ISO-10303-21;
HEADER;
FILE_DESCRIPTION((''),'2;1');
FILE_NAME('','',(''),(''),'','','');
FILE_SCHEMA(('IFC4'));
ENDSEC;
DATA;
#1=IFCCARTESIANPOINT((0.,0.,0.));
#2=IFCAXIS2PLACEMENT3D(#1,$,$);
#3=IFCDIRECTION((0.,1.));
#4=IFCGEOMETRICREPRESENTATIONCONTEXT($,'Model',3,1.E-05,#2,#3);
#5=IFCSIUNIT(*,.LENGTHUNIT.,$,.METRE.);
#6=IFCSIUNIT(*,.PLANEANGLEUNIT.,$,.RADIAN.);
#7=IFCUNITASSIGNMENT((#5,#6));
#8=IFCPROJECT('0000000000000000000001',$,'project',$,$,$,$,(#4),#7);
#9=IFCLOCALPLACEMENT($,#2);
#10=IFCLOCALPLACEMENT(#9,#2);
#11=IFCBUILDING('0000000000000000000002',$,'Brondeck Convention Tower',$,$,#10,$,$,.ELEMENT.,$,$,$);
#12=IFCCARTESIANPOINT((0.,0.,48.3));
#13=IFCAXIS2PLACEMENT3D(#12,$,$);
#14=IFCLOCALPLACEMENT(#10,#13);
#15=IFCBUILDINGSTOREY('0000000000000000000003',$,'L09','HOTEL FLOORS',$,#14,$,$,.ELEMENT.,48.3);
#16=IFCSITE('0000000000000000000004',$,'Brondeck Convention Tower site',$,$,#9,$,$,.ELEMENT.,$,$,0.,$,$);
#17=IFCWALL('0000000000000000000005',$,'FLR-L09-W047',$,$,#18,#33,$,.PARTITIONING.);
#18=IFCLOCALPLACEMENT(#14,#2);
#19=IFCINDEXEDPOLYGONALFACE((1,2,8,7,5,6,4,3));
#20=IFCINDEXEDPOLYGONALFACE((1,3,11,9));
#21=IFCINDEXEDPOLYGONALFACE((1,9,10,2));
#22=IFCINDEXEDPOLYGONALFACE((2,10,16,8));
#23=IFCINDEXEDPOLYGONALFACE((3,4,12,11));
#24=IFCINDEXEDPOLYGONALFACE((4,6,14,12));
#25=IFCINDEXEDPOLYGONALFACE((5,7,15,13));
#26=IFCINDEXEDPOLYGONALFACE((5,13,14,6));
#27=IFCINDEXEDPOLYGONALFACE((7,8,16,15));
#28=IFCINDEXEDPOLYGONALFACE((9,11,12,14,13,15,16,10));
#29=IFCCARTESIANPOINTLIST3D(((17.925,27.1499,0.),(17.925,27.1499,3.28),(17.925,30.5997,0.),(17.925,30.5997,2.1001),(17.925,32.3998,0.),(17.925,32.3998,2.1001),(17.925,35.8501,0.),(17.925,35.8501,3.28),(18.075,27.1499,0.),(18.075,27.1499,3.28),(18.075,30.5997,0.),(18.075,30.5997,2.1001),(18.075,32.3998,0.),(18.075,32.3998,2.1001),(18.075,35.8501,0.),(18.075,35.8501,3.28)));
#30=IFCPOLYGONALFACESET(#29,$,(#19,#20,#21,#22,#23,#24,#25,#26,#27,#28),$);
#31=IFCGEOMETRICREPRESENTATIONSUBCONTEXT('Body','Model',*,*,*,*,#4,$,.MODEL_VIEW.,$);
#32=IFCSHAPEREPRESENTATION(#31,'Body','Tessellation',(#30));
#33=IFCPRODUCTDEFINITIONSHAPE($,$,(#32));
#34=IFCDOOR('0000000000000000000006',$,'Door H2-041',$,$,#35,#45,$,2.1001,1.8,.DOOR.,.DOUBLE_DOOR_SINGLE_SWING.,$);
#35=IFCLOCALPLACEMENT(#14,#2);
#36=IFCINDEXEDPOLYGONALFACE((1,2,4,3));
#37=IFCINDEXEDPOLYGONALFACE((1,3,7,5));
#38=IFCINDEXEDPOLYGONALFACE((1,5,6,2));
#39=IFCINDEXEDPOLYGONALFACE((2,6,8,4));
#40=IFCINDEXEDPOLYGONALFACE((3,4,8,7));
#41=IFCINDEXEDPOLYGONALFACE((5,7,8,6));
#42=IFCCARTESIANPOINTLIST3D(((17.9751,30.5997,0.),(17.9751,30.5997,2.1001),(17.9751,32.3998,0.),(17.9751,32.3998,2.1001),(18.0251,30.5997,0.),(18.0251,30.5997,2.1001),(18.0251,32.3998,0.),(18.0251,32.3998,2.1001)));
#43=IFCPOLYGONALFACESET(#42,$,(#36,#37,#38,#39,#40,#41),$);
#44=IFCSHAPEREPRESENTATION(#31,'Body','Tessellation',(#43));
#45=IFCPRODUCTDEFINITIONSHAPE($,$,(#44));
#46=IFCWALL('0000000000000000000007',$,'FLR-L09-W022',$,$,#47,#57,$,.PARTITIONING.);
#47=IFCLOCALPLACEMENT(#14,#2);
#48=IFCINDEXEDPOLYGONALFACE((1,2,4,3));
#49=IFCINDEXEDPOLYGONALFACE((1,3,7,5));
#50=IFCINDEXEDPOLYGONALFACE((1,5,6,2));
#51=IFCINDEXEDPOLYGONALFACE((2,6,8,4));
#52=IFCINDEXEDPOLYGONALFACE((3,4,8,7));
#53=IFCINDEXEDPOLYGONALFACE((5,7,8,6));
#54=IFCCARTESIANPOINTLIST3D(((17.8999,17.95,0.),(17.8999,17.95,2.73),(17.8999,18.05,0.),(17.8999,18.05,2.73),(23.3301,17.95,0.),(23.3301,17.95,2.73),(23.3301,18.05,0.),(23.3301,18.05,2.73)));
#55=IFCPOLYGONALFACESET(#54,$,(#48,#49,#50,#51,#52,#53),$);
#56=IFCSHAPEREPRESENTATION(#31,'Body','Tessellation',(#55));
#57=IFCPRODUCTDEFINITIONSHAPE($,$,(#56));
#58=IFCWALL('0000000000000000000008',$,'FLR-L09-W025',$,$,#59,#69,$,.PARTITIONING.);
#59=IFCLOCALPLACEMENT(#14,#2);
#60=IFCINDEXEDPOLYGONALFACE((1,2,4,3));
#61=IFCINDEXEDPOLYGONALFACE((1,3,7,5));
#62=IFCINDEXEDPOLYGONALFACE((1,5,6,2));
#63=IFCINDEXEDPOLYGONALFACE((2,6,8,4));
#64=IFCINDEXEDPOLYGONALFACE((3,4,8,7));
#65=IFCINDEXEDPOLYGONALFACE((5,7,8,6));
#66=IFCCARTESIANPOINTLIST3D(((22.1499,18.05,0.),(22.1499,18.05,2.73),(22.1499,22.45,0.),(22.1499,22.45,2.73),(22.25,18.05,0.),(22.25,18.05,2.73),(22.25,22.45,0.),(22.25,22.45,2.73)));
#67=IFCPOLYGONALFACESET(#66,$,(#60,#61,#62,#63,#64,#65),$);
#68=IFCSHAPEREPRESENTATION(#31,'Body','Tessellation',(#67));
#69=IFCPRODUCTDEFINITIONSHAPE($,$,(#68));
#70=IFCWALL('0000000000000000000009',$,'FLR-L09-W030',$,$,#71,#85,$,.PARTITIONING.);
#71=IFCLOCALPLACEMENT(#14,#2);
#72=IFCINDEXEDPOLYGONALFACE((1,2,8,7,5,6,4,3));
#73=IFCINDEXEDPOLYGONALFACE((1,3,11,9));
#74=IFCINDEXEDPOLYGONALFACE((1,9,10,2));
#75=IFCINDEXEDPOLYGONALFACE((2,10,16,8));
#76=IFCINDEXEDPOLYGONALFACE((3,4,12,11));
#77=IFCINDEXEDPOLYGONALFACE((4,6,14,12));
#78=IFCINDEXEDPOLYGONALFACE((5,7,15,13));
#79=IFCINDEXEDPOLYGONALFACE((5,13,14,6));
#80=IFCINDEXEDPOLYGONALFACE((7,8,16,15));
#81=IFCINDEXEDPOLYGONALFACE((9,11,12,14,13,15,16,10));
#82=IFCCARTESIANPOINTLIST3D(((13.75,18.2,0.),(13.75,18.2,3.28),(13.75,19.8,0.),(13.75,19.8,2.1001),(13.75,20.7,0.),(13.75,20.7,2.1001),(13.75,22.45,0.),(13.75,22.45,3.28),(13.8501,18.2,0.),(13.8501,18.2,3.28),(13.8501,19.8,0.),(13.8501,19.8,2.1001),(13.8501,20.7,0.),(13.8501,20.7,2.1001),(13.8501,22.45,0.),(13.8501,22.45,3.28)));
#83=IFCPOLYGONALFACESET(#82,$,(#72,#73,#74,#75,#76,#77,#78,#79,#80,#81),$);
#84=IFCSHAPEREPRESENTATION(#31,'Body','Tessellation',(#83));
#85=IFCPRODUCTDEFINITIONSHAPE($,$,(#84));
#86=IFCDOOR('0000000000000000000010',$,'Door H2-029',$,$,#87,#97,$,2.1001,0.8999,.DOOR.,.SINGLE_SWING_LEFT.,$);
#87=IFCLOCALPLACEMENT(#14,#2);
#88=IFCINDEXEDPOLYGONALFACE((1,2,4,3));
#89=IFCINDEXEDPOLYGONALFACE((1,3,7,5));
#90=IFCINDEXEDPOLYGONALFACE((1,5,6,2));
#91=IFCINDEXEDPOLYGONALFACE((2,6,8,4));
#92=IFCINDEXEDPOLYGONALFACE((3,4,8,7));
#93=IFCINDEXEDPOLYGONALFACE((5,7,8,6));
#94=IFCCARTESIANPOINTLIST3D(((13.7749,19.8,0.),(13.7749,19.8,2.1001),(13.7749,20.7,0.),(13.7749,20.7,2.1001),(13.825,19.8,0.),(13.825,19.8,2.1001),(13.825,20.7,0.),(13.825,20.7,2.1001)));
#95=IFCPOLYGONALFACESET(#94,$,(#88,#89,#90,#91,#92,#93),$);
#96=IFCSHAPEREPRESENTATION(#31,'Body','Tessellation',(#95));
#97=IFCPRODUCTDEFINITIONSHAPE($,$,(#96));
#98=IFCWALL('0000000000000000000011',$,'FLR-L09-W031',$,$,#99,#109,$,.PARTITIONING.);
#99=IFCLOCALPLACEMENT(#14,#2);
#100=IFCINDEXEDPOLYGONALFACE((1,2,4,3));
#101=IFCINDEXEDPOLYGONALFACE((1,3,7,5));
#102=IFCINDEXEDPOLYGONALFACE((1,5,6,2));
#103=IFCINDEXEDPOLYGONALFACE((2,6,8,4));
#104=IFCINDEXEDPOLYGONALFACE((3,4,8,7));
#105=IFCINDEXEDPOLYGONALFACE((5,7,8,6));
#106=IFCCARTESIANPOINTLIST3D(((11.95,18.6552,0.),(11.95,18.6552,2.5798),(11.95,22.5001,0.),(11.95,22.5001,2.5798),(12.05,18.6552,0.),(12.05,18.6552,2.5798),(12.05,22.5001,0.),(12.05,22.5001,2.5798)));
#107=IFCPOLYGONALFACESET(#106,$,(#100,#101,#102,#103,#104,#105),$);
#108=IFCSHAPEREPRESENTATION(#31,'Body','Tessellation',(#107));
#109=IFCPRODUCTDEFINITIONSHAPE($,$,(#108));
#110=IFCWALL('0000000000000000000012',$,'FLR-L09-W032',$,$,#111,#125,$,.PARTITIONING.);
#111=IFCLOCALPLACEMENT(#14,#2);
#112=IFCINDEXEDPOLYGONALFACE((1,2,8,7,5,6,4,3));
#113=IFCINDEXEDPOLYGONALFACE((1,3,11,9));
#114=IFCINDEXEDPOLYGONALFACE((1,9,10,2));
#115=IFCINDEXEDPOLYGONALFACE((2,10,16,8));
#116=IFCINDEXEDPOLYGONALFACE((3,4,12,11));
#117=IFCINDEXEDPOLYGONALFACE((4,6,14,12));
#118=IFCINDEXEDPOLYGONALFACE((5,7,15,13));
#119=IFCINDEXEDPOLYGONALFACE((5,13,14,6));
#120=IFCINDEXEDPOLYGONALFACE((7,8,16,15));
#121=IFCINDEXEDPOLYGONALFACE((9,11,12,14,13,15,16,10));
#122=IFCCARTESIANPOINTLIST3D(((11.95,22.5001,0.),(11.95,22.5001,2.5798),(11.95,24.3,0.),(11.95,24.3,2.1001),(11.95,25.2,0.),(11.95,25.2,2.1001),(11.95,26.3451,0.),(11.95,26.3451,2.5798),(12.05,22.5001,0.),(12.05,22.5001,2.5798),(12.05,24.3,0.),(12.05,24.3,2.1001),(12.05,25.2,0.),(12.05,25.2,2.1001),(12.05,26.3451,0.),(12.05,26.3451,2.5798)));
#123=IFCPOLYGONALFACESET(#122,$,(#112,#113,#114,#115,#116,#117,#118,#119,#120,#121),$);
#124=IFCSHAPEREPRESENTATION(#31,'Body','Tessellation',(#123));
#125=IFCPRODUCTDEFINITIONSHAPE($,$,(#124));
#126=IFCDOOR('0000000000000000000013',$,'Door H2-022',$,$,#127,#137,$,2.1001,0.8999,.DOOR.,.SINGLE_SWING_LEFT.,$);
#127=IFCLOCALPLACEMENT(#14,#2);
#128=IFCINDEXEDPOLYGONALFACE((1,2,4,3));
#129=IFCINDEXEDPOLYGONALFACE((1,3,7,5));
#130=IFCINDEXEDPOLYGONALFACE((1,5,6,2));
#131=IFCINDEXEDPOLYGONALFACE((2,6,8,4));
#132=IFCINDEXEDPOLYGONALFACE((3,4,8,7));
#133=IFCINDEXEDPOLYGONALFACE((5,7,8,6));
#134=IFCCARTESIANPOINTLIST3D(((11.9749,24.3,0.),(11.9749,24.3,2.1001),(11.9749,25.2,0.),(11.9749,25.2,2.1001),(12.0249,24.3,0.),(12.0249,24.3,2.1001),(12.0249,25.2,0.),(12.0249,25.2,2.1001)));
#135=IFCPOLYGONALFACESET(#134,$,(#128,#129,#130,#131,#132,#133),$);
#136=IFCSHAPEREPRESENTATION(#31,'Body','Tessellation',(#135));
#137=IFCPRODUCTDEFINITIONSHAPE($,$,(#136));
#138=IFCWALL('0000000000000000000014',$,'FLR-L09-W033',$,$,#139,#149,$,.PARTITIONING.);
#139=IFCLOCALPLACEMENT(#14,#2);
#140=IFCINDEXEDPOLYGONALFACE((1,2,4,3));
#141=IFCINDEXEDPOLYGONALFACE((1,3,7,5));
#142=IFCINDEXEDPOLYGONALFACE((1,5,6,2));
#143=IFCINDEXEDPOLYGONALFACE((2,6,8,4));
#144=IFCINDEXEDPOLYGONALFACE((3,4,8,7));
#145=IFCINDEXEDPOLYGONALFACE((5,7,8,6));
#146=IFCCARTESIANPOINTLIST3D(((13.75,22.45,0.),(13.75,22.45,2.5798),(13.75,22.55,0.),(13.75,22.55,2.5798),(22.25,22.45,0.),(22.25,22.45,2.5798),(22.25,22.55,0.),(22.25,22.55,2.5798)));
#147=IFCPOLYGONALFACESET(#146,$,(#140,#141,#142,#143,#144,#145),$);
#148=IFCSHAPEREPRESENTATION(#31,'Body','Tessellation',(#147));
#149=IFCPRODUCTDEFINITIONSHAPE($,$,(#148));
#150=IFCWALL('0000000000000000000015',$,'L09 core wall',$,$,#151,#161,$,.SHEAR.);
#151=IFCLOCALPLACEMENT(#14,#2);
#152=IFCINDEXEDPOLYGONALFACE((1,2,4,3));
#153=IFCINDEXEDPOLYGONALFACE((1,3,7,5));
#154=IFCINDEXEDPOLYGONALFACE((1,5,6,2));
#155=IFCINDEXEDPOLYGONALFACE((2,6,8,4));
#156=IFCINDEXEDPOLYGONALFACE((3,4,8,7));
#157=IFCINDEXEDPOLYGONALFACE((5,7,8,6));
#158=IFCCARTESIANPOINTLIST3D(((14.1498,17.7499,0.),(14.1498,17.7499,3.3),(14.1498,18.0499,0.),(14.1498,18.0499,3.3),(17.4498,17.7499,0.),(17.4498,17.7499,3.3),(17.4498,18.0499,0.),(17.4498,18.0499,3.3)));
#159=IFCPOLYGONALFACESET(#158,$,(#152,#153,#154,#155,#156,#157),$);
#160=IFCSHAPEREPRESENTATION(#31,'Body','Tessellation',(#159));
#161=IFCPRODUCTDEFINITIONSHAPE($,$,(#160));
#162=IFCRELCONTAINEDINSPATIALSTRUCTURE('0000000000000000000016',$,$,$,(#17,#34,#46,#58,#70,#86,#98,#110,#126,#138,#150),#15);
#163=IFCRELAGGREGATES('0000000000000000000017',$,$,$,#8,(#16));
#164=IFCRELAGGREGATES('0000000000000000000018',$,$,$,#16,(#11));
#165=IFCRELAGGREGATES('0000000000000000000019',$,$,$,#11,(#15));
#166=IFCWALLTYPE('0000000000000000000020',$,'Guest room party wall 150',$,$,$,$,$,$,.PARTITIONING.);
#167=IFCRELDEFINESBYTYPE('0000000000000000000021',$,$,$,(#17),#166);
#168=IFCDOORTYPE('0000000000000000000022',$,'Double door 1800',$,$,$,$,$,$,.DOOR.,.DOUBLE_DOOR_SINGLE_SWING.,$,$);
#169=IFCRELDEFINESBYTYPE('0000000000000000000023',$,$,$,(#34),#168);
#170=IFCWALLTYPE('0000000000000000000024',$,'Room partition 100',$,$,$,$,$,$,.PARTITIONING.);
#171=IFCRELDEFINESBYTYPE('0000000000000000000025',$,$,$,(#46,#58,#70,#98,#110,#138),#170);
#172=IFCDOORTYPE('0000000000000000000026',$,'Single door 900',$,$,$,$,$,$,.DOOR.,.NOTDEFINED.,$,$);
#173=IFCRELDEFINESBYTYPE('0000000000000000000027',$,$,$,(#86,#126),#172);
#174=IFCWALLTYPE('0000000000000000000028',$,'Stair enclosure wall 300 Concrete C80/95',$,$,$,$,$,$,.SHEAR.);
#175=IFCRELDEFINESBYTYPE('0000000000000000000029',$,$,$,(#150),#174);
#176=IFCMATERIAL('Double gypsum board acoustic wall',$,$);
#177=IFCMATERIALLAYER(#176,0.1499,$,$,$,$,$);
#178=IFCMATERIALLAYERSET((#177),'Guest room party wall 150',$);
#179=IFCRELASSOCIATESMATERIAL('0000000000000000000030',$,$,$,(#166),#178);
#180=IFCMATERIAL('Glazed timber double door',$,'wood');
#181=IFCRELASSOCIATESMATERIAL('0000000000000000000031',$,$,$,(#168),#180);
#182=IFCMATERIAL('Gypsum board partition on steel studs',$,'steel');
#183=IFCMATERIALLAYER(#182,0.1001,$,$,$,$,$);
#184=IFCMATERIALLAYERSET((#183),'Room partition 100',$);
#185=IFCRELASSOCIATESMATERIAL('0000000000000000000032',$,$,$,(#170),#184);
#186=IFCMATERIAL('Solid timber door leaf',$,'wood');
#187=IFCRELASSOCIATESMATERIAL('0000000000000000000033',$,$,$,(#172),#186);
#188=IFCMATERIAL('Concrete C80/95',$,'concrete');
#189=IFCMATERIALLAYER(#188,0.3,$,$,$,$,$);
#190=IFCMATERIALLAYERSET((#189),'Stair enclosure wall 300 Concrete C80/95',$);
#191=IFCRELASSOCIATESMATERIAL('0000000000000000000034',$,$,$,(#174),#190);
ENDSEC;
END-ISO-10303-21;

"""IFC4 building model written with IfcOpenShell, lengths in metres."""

from ifc_helpers import new_model, si_unit, direction, frame, frame_2d, origin, place, context, subcontext, project, spatial, rectangle, extrude, material, layer, layer_set, type_object, element, fill, save


model = new_model("IFC4")

# Units and contexts
model_context = context("Model", 3, precision=1e-05, world=origin(), true_north=direction((0.0, 1.0)))
body_context = subcontext(model_context, "Body", "Model", "MODEL_VIEW")
ifc_project = project(units=[si_unit("LENGTHUNIT", "METRE"), si_unit("PLANEANGLEUNIT", "RADIAN")], contexts=[model_context])

# Site, building, storey
site_placement = place(None, origin())
site = spatial("IfcSite", under=ifc_project, at=site_placement, Name="Brondeck Convention Tower site", CompositionType="ELEMENT", RefElevation=0.0)
building_placement = place(site_placement, origin())
building = spatial("IfcBuilding", under=site, at=building_placement, Name="Brondeck Convention Tower", CompositionType="ELEMENT")
storey_placement = place(building_placement, frame((0.0, 0.0, 48.3)))
storey = spatial("IfcBuildingStorey", under=building, at=storey_placement, Name="L09", Description="HOTEL FLOORS", CompositionType="ELEMENT", Elevation=48.3)

# Shared definitions
ifc_material_1 = material(Name="Concrete C80/95", Category="concrete")

# Wall, opening, door
ifc_material_2 = material(Name="Double gypsum board acoustic wall")
ifc_layer_1 = layer(ifc_material_2, 0.1499)
ifc_layer_set_1 = layer_set([ifc_layer_1], Name="Guest room party wall 150")
wall_type_1 = type_object("IfcWallType", Name="Guest room party wall 150", PredefinedType="PARTITIONING", material=ifc_layer_set_1)
wall_1_placement = place(storey_placement, frame((18.0, 27.1499, 0.0), z_axis=(0.0, 0.0, 1.0), x_axis=(0.0, 1.0, 0.0)))
wall_1 = element("IfcWall", 1, at=wall_1_placement, inside=storey, type_object=wall_type_1, Name="FLR-L09-W047", PredefinedType="PARTITIONING", context=body_context, shape_type="SweptSolid", body=[
    extrude(rectangle(XDim=8.7002, YDim=0.1499, at=frame_2d((4.3501, 0.0))), origin(), (0.0, 0.0, 1.0), 3.28),
])
opening_1_placement = place(wall_1_placement, frame((3.45, 0.0, 0.0)))
opening_1 = element("IfcOpeningElement", 2, at=opening_1_placement, cuts=wall_1, PredefinedType="OPENING", context=body_context, shape_type="SweptSolid", body=[
    extrude(rectangle(XDim=1.8, YDim=2.1001, at=frame_2d((0.8999, 1.05))), frame((0.0, 0.085, 0.0), z_axis=(0.0, -1.0, 0.0), x_axis=(1.0, 0.0, 0.0)), (0.0, 0.0, 1.0), 0.1699),
])
ifc_material_3 = material(Name="Glazed timber double door", Category="wood")
door_type_1 = type_object("IfcDoorType", Name="Double door 1800", OperationType="DOUBLE_DOOR_SINGLE_SWING", PredefinedType="DOOR", material=ifc_material_3)
door_1_placement = place(opening_1_placement, origin())
door_1 = element("IfcDoor", 3, at=door_1_placement, inside=storey, type_object=door_type_1, Name="Door H2-041", OperationType="DOUBLE_DOOR_SINGLE_SWING", OverallHeight=2.1001, OverallWidth=1.8, PredefinedType="DOOR", context=body_context, shape_type="SweptSolid", body=[
    extrude(rectangle(XDim=1.8, YDim=2.1001, at=frame_2d((0.8999, 1.05))), frame((0.0, 0.0249, 0.0), z_axis=(0.0, -1.0, 0.0), x_axis=(1.0, 0.0, 0.0)), (0.0, 0.0, 1.0), 0.05),
])
fill(opening_1, door_1)

# Walls
ifc_material_4 = material(Name="Gypsum board partition on steel studs", Category="steel")
ifc_layer_2 = layer(ifc_material_4, 0.1001)
ifc_layer_set_2 = layer_set([ifc_layer_2], Name="Room partition 100")
wall_type_2 = type_object("IfcWallType", Name="Room partition 100", PredefinedType="PARTITIONING", material=ifc_layer_set_2)
wall_2_placement = place(storey_placement, frame((23.3301, 18.0, 0.0), z_axis=(0.0, 0.0, 1.0), x_axis=(-1.0, 0.0, 0.0)))
element("IfcWall", 4, at=wall_2_placement, inside=storey, type_object=wall_type_2, Name="FLR-L09-W022", PredefinedType="PARTITIONING", context=body_context, shape_type="SweptSolid", body=[
    extrude(rectangle(XDim=5.4302, YDim=0.1001, at=frame_2d((2.7151, 0.0))), origin(), (0.0, 0.0, 1.0), 2.73),
])
wall_3_placement = place(storey_placement, frame((22.2, 18.05, 0.0), z_axis=(0.0, 0.0, 1.0), x_axis=(0.0, 1.0, 0.0)))
element("IfcWall", 5, at=wall_3_placement, inside=storey, type_object=wall_type_2, Name="FLR-L09-W025", PredefinedType="PARTITIONING", context=body_context, shape_type="SweptSolid", body=[
    extrude(rectangle(XDim=4.3999, YDim=0.1001, at=frame_2d((2.2, 0.0))), origin(), (0.0, 0.0, 1.0), 2.73),
])

# Wall, opening, door
wall_4_placement = place(storey_placement, frame((13.8, 22.45, 0.0), z_axis=(0.0, 0.0, 1.0), x_axis=(0.0, -1.0, 0.0)))
wall_4 = element("IfcWall", 6, at=wall_4_placement, inside=storey, type_object=wall_type_2, Name="FLR-L09-W030", PredefinedType="PARTITIONING", context=body_context, shape_type="SweptSolid", body=[
    extrude(rectangle(XDim=4.25, YDim=0.1001, at=frame_2d((2.125, 0.0))), origin(), (0.0, 0.0, 1.0), 3.28),
])
opening_2_placement = place(wall_4_placement, frame((1.75, 0.0, 0.0)))
opening_2 = element("IfcOpeningElement", 7, at=opening_2_placement, cuts=wall_4, PredefinedType="OPENING", context=body_context, shape_type="SweptSolid", body=[
    extrude(rectangle(XDim=0.8999, YDim=2.1001, at=frame_2d((0.45, 1.05))), frame((0.0, 0.0601, 0.0), z_axis=(0.0, -1.0, 0.0), x_axis=(1.0, 0.0, 0.0)), (0.0, 0.0, 1.0), 0.1201),
])
ifc_material_5 = material(Name="Solid timber door leaf", Category="wood")
door_type_2 = type_object("IfcDoorType", Name="Single door 900", OperationType="NOTDEFINED", PredefinedType="DOOR", material=ifc_material_5)
door_2_placement = place(opening_2_placement, origin())
door_2 = element("IfcDoor", 8, at=door_2_placement, inside=storey, type_object=door_type_2, Name="Door H2-029", OperationType="SINGLE_SWING_LEFT", OverallHeight=2.1001, OverallWidth=0.8999, PredefinedType="DOOR", context=body_context, shape_type="SweptSolid", body=[
    extrude(rectangle(XDim=0.8999, YDim=2.1001, at=frame_2d((0.45, 1.05))), frame((0.0, 0.0249, 0.0), z_axis=(0.0, -1.0, 0.0), x_axis=(1.0, 0.0, 0.0)), (0.0, 0.0, 1.0), 0.05),
])
fill(opening_2, door_2)

# Wall
wall_5_placement = place(storey_placement, frame((12.0, 22.5, 0.0), z_axis=(0.0, 0.0, 1.0), x_axis=(0.0, -1.0, 0.0)))
element("IfcWall", 9, at=wall_5_placement, inside=storey, type_object=wall_type_2, Name="FLR-L09-W031", PredefinedType="PARTITIONING", context=body_context, shape_type="SweptSolid", body=[
    extrude(rectangle(XDim=3.845, YDim=0.1001, at=frame_2d((1.9224, 0.0))), origin(), (0.0, 0.0, 1.0), 2.5798),
])

# Wall, opening, door
wall_6_placement = place(storey_placement, frame((12.0, 26.345, 0.0), z_axis=(0.0, 0.0, 1.0), x_axis=(0.0, -1.0, 0.0)))
wall_6 = element("IfcWall", 10, at=wall_6_placement, inside=storey, type_object=wall_type_2, Name="FLR-L09-W032", PredefinedType="PARTITIONING", context=body_context, shape_type="SweptSolid", body=[
    extrude(rectangle(XDim=3.845, YDim=0.1001, at=frame_2d((1.9224, 0.0))), origin(), (0.0, 0.0, 1.0), 2.5798),
])
opening_3_placement = place(wall_6_placement, frame((1.145, 0.0, 0.0)))
opening_3 = element("IfcOpeningElement", 11, at=opening_3_placement, cuts=wall_6, PredefinedType="OPENING", context=body_context, shape_type="SweptSolid", body=[
    extrude(rectangle(XDim=0.8999, YDim=2.1001, at=frame_2d((0.45, 1.05))), frame((0.0, 0.0601, 0.0), z_axis=(0.0, -1.0, 0.0), x_axis=(1.0, 0.0, 0.0)), (0.0, 0.0, 1.0), 0.1201),
])
door_3_placement = place(opening_3_placement, origin())
door_3 = element("IfcDoor", 12, at=door_3_placement, inside=storey, type_object=door_type_2, Name="Door H2-022", OperationType="SINGLE_SWING_LEFT", OverallHeight=2.1001, OverallWidth=0.8999, PredefinedType="DOOR", context=body_context, shape_type="SweptSolid", body=[
    extrude(rectangle(XDim=0.8999, YDim=2.1001, at=frame_2d((0.45, 1.05))), frame((0.0, 0.0249, 0.0), z_axis=(0.0, -1.0, 0.0), x_axis=(1.0, 0.0, 0.0)), (0.0, 0.0, 1.0), 0.05),
])
fill(opening_3, door_3)

# Walls
wall_7_placement = place(storey_placement, frame((22.25, 22.5, 0.0), z_axis=(0.0, 0.0, 1.0), x_axis=(-1.0, 0.0, 0.0)))
element("IfcWall", 13, at=wall_7_placement, inside=storey, type_object=wall_type_2, Name="FLR-L09-W033", PredefinedType="PARTITIONING", context=body_context, shape_type="SweptSolid", body=[
    extrude(rectangle(XDim=8.5, YDim=0.1001, at=frame_2d((4.25, 0.0))), origin(), (0.0, 0.0, 1.0), 2.5798),
])
ifc_layer_3 = layer(ifc_material_1, 0.3)
ifc_layer_set_3 = layer_set([ifc_layer_3], Name="Stair enclosure wall 300 Concrete C80/95")
wall_type_3 = type_object("IfcWallType", Name="Stair enclosure wall 300 Concrete C80/95", PredefinedType="SHEAR", material=ifc_layer_set_3)
wall_8_placement = place(storey_placement, frame((14.1499, 17.8999, 0.0), z_axis=(0.0, 0.0, 1.0), x_axis=(1.0, 0.0, 0.0)))
element("IfcWall", 14, at=wall_8_placement, inside=storey, type_object=wall_type_3, Name="L09 core wall", PredefinedType="SHEAR", context=body_context, shape_type="SweptSolid", body=[
    extrude(rectangle(XDim=3.3, YDim=0.3, at=frame_2d((1.6499, 0.0))), origin(), (0.0, 0.0, 1.0), 3.3),
])

save(model, "model.ifc")
